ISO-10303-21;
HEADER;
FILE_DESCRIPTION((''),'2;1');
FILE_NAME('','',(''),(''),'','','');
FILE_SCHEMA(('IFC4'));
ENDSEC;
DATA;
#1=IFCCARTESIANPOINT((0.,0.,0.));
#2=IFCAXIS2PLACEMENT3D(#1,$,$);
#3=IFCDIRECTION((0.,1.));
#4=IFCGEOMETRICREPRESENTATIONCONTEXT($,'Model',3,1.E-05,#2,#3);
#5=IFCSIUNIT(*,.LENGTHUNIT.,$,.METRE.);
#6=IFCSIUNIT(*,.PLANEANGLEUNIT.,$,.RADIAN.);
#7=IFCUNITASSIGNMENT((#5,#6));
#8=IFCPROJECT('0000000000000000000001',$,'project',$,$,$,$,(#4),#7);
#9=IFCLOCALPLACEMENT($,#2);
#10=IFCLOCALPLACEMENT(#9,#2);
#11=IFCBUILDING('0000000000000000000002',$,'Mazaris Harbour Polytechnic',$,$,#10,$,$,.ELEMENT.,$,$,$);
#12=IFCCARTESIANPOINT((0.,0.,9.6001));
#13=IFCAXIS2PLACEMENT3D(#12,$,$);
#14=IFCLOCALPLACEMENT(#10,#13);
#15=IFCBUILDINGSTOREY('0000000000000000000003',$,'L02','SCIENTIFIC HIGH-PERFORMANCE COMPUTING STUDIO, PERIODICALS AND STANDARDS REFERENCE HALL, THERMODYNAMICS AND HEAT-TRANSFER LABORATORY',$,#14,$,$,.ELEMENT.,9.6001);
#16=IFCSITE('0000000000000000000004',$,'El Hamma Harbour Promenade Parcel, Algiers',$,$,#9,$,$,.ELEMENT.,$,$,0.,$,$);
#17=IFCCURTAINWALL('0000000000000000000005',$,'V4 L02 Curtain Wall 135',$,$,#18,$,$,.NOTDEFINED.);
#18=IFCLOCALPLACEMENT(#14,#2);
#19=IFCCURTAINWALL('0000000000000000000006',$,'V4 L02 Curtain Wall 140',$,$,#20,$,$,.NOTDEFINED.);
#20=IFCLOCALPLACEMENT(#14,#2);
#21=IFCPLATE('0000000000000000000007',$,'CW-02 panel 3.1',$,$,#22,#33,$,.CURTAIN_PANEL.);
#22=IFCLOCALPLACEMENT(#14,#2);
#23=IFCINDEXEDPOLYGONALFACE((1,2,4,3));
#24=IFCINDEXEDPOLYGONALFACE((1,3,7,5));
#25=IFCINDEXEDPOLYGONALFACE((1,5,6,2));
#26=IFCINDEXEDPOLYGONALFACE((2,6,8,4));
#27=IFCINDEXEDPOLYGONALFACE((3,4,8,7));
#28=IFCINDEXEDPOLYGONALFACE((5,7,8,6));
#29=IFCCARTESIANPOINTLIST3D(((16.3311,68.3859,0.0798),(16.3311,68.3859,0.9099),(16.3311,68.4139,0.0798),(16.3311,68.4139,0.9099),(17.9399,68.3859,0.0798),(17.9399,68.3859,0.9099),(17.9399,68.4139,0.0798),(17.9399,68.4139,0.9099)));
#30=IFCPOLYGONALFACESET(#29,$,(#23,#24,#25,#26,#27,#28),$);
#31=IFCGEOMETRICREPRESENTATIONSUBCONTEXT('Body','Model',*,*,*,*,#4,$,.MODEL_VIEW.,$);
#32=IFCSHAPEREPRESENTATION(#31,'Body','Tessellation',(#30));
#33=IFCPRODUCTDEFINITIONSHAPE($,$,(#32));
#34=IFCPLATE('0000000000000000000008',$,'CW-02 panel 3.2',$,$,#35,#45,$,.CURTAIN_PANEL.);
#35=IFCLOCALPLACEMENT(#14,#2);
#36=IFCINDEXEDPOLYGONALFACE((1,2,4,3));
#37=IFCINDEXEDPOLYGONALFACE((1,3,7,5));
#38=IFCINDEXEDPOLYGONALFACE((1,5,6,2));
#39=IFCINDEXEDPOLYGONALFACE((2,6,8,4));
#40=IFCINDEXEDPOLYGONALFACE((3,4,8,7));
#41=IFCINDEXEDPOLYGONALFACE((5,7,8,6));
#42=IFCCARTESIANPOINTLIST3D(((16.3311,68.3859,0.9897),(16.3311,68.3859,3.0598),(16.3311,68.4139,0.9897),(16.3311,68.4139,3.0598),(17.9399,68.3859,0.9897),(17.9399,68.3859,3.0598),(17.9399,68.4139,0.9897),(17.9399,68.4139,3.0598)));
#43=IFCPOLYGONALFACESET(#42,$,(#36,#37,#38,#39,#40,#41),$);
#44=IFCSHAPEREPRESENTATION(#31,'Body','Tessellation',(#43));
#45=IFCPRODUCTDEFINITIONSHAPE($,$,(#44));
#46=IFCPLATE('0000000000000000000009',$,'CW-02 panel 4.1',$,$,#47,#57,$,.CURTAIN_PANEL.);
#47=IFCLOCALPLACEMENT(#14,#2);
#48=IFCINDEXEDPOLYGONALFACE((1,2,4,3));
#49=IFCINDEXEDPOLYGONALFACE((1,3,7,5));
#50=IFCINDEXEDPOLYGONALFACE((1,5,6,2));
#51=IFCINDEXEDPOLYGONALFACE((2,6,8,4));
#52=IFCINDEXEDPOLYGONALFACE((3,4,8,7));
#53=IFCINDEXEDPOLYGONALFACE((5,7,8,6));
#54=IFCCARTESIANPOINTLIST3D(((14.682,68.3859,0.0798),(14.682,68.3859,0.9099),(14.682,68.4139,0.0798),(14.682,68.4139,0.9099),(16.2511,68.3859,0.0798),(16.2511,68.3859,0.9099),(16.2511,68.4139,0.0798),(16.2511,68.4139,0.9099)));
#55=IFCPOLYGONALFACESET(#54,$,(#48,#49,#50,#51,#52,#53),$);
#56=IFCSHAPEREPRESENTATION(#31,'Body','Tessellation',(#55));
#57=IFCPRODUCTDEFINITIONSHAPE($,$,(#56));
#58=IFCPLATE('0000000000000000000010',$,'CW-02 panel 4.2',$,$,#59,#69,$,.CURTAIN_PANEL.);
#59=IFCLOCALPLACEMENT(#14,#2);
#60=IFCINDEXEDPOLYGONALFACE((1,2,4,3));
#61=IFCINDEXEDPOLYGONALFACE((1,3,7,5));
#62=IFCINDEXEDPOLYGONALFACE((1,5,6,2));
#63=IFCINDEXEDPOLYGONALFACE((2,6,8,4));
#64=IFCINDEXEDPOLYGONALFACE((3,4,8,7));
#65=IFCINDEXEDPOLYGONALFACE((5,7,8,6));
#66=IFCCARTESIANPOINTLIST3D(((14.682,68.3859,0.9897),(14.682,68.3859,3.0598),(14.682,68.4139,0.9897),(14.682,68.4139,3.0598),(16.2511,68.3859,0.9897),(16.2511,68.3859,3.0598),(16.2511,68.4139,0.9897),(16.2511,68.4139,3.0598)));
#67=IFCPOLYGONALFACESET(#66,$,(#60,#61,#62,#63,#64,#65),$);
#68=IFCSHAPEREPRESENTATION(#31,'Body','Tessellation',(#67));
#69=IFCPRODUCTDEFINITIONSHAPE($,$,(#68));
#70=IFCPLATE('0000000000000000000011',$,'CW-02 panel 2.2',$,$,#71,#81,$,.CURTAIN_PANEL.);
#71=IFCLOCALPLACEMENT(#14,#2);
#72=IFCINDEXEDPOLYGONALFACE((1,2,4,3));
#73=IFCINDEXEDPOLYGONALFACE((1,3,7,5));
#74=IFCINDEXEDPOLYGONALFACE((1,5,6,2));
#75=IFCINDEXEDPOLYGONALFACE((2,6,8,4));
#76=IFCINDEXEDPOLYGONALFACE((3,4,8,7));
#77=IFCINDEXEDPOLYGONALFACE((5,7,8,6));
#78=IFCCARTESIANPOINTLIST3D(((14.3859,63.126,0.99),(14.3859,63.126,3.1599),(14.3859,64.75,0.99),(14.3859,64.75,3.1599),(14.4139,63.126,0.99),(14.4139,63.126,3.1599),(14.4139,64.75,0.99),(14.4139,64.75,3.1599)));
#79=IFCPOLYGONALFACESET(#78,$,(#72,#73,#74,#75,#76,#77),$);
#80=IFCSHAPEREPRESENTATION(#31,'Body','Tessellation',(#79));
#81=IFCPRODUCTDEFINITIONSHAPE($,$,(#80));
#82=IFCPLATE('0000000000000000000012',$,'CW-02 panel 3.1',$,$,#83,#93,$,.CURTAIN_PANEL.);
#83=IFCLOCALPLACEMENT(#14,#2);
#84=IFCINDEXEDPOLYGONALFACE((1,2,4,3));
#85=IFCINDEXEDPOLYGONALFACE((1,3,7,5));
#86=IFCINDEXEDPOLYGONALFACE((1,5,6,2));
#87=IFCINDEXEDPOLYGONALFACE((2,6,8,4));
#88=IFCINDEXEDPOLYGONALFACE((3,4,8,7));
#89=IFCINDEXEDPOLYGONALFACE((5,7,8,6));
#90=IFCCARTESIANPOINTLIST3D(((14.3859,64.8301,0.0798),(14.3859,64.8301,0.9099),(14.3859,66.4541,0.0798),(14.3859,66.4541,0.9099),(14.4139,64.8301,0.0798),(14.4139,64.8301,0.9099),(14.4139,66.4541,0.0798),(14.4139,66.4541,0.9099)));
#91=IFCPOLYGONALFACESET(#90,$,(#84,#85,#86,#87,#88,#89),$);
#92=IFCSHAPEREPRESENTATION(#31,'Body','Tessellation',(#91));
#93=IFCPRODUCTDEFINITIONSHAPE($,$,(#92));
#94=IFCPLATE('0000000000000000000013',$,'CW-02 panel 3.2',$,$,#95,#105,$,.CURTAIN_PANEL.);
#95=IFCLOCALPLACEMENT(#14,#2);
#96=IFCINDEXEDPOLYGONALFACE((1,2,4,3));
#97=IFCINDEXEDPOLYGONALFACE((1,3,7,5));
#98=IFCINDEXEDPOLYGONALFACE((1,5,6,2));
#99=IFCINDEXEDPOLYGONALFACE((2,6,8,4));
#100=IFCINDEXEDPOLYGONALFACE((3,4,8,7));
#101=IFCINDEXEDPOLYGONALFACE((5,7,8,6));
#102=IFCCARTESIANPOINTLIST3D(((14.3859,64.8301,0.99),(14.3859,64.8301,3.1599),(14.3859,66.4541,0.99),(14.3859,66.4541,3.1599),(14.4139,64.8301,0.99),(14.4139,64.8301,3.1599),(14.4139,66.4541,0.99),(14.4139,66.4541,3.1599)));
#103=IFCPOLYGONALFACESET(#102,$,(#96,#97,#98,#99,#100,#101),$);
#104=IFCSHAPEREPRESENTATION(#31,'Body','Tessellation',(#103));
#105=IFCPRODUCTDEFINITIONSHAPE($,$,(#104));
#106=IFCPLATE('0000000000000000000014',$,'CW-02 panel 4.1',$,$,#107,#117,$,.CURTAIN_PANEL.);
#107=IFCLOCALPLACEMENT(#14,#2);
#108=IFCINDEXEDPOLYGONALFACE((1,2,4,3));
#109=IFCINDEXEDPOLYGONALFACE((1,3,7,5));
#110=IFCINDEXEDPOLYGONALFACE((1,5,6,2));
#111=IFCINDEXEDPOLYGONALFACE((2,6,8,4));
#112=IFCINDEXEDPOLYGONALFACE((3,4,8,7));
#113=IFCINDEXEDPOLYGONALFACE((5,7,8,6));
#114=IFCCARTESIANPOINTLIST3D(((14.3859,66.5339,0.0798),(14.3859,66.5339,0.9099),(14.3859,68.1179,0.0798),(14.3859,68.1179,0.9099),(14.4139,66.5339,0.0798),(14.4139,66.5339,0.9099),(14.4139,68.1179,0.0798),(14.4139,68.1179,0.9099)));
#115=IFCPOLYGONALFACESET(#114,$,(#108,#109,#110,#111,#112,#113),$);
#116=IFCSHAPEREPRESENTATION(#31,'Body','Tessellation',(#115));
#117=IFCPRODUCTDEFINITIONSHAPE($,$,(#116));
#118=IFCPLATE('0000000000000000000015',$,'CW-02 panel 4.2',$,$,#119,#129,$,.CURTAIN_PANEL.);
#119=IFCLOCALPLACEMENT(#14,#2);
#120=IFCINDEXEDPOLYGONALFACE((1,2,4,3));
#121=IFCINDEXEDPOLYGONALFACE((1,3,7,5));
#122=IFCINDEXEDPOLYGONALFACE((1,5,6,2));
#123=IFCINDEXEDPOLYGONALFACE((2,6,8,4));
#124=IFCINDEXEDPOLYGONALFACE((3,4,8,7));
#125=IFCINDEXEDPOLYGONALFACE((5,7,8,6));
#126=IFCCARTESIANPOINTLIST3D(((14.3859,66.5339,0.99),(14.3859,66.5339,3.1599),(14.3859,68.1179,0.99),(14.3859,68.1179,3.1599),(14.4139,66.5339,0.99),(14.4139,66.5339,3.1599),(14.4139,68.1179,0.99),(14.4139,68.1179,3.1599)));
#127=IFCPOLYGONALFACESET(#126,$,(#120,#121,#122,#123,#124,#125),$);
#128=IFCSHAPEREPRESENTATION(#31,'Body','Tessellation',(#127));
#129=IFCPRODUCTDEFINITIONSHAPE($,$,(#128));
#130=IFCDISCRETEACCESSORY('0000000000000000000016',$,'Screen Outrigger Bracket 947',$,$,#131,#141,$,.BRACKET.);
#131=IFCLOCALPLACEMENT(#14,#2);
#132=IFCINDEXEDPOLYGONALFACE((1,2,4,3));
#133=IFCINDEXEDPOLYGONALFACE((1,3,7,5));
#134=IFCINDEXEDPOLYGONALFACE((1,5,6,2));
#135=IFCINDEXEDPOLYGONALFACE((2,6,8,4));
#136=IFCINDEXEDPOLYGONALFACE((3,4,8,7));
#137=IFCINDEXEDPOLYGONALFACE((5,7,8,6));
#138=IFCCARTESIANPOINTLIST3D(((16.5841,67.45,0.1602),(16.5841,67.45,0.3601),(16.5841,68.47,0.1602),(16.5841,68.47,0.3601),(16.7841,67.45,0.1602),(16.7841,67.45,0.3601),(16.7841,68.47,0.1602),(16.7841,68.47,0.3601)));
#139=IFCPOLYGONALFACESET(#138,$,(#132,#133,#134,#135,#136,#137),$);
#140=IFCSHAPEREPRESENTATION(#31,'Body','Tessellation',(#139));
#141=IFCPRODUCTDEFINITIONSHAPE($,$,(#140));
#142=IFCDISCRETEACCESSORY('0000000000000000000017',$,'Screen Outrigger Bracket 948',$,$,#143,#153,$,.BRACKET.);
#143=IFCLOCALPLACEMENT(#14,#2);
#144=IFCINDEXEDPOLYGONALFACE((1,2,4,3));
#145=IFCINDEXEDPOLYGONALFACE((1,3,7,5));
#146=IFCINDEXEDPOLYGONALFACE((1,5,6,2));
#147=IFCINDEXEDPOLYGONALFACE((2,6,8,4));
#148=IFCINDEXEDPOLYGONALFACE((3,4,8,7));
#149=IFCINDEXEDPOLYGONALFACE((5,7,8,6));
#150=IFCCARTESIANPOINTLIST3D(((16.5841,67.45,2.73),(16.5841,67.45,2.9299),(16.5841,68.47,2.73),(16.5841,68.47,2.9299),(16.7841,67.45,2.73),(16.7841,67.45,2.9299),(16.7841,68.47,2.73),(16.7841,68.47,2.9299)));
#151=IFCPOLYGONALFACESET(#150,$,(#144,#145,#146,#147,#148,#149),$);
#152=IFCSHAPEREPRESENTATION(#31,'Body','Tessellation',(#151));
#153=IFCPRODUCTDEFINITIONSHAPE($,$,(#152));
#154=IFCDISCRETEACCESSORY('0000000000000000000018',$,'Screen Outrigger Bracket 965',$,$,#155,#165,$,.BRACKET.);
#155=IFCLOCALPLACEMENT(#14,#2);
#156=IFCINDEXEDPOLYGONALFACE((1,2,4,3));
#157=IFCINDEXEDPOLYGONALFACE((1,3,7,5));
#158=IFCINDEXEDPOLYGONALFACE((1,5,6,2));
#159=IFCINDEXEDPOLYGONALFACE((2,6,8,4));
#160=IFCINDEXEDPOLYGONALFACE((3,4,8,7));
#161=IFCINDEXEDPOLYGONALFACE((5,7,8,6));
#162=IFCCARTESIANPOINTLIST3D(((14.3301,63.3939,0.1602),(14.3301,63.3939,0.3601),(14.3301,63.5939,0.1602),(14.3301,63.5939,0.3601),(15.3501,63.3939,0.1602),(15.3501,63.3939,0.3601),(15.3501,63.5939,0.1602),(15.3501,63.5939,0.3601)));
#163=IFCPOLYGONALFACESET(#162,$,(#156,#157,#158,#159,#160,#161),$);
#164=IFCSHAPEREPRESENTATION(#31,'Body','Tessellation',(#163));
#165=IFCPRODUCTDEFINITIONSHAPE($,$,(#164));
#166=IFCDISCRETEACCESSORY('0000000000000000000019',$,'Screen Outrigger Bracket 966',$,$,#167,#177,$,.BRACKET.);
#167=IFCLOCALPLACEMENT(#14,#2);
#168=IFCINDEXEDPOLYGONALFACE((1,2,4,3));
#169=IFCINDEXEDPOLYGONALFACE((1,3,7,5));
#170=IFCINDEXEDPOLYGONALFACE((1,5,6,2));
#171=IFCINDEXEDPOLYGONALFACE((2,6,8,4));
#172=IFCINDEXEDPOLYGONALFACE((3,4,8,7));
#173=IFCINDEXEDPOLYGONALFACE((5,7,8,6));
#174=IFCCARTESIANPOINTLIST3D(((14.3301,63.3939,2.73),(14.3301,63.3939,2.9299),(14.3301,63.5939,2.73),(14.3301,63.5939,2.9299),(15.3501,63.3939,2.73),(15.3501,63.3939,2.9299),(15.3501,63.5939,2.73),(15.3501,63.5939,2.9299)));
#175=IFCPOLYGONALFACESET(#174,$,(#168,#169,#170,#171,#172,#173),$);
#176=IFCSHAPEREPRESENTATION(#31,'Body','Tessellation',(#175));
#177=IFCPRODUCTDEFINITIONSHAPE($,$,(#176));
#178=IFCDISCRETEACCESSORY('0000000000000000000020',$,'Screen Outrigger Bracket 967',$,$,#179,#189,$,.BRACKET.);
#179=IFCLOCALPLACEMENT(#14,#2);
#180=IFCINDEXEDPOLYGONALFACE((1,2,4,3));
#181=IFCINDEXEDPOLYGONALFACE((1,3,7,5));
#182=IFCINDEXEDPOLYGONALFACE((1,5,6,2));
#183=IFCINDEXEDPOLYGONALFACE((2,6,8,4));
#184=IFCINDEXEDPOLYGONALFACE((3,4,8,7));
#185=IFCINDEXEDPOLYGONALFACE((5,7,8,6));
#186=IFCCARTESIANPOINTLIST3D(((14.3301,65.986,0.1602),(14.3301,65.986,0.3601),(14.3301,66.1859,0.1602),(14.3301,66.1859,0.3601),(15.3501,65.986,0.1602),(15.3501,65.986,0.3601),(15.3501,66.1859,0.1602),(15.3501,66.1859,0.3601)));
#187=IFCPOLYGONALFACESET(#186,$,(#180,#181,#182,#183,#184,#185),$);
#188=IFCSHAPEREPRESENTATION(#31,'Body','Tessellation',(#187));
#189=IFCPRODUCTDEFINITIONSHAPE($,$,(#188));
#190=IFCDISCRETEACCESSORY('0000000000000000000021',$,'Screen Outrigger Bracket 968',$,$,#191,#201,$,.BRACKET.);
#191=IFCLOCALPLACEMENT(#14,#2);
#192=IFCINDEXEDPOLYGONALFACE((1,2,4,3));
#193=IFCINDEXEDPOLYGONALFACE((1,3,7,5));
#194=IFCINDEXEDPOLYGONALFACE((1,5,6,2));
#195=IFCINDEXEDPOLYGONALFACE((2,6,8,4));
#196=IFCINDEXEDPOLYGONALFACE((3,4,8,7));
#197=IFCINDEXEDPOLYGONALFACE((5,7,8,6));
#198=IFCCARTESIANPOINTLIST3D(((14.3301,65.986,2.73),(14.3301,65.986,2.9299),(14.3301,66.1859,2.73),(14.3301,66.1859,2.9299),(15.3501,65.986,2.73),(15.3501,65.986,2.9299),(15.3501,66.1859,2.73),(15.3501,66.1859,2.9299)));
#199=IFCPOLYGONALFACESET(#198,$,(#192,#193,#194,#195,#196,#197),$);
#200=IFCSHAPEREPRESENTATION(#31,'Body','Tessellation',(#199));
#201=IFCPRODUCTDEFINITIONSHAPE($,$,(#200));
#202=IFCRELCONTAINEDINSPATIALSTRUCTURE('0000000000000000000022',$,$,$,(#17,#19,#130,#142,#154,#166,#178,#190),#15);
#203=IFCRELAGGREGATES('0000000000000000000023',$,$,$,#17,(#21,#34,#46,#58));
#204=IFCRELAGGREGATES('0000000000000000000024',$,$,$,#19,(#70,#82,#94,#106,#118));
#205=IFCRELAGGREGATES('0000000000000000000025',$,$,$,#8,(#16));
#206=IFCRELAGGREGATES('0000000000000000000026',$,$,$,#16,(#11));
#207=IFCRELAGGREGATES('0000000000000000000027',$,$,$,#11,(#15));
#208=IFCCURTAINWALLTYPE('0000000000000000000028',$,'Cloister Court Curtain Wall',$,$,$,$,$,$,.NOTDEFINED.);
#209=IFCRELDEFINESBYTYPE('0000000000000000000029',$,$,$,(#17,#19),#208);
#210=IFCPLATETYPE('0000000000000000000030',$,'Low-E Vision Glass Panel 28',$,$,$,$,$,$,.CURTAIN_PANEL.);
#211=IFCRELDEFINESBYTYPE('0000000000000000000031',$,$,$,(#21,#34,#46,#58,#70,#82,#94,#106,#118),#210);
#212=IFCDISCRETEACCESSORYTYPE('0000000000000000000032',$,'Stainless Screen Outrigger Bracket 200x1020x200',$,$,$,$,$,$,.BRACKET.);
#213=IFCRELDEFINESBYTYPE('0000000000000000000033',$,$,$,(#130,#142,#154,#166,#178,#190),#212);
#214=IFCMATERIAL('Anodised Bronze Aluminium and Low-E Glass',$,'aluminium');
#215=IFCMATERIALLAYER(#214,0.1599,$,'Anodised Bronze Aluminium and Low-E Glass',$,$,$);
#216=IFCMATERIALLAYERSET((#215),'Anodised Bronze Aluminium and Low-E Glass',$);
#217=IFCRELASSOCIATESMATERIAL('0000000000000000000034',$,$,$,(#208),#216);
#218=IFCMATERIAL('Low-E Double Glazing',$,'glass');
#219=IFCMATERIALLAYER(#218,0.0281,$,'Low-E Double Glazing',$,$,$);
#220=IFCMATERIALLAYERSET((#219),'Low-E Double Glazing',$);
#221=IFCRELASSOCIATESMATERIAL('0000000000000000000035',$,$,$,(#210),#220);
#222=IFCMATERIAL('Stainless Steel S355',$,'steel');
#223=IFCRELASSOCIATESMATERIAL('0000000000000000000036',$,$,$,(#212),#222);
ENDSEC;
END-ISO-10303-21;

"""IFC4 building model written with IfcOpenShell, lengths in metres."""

from ifc_helpers import new_model, si_unit, direction, frame, origin, origin_2d, place, context, subcontext, project, spatial, rectangle, extrude, material, layer, layer_set, type_object, element, aggregate, save


model = new_model("IFC4")

# Units and contexts
model_context = context("Model", 3, precision=1e-05, world=origin(), true_north=direction((0.0, 1.0)))
body_context = subcontext(model_context, "Body", "Model", "MODEL_VIEW")
ifc_project = project(units=[si_unit("LENGTHUNIT", "METRE"), si_unit("PLANEANGLEUNIT", "RADIAN")], contexts=[model_context])

# Site, building, storey
site_placement = place(None, origin())
site = spatial("IfcSite", under=ifc_project, at=site_placement, Name="El Hamma Harbour Promenade Parcel, Algiers", CompositionType="ELEMENT", RefElevation=0.0)
building_placement = place(site_placement, origin())
building = spatial("IfcBuilding", under=site, at=building_placement, Name="Mazaris Harbour Polytechnic", CompositionType="ELEMENT")
storey_placement = place(building_placement, frame((0.0, 0.0, 9.6001)))
storey = spatial("IfcBuildingStorey", under=building, at=storey_placement, Name="L02", Description="SCIENTIFIC HIGH-PERFORMANCE COMPUTING STUDIO, PERIODICALS AND STANDARDS REFERENCE HALL, THERMODYNAMICS AND HEAT-TRANSFER LABORATORY", CompositionType="ELEMENT", Elevation=9.6001)

# Curtain walls
ifc_material_1 = material(Name="Anodised Bronze Aluminium and Low-E Glass", Category="aluminium")
ifc_layer_1 = layer(ifc_material_1, 0.1599, Name="Anodised Bronze Aluminium and Low-E Glass")
ifc_layer_set_1 = layer_set([ifc_layer_1], Name="Anodised Bronze Aluminium and Low-E Glass")
curtain_wall_type = type_object("IfcCurtainWallType", Name="Cloister Court Curtain Wall", PredefinedType="NOTDEFINED", material=ifc_layer_set_1)
curtain_wall_1_placement = place(storey_placement, origin())
curtain_wall_1 = element("IfcCurtainWall", 1, at=curtain_wall_1_placement, inside=storey, type_object=curtain_wall_type, Name="V4 L02 Curtain Wall 135", PredefinedType="NOTDEFINED")
curtain_wall_2_placement = place(storey_placement, origin())
curtain_wall_2 = element("IfcCurtainWall", 2, at=curtain_wall_2_placement, inside=storey, type_object=curtain_wall_type, Name="V4 L02 Curtain Wall 140", PredefinedType="NOTDEFINED")

# Plates
ifc_material_2 = material(Name="Low-E Double Glazing", Category="glass")
ifc_layer_2 = layer(ifc_material_2, 0.0281, Name="Low-E Double Glazing")
ifc_layer_set_2 = layer_set([ifc_layer_2], Name="Low-E Double Glazing")
plate_type = type_object("IfcPlateType", Name="Low-E Vision Glass Panel 28", PredefinedType="CURTAIN_PANEL", material=ifc_layer_set_2)
plate_1_placement = place(storey_placement, frame((17.1355, 68.3999, 0.0798), z_axis=(0.0, 0.0, 1.0), x_axis=(-1.0, 0.0, 0.0)))
plate_1 = element("IfcPlate", 3, at=plate_1_placement, type_object=plate_type, Name="CW-02 panel 3.1", PredefinedType="CURTAIN_PANEL", context=body_context, shape_type="SweptSolid", body=[
    extrude(rectangle(XDim=1.6089, YDim=0.0281, at=origin_2d()), origin(), (0.0, 0.0, 1.0), 0.8301),
])
plate_2_placement = place(storey_placement, frame((17.1355, 68.3999, 0.9897), z_axis=(0.0, 0.0, 1.0), x_axis=(-1.0, 0.0, 0.0)))
plate_2 = element("IfcPlate", 4, at=plate_2_placement, type_object=plate_type, Name="CW-02 panel 3.2", PredefinedType="CURTAIN_PANEL", context=body_context, shape_type="SweptSolid", body=[
    extrude(rectangle(XDim=1.6089, YDim=0.0281, at=origin_2d()), origin(), (0.0, 0.0, 1.0), 2.0701),
])
plate_3_placement = place(storey_placement, frame((15.4666, 68.3999, 0.0798), z_axis=(0.0, 0.0, 1.0), x_axis=(-1.0, 0.0, 0.0)))
plate_3 = element("IfcPlate", 5, at=plate_3_placement, type_object=plate_type, Name="CW-02 panel 4.1", PredefinedType="CURTAIN_PANEL", context=body_context, shape_type="SweptSolid", body=[
    extrude(rectangle(XDim=1.5691, YDim=0.0281, at=origin_2d()), origin(), (0.0, 0.0, 1.0), 0.8301),
])
plate_4_placement = place(storey_placement, frame((15.4666, 68.3999, 0.9897), z_axis=(0.0, 0.0, 1.0), x_axis=(-1.0, 0.0, 0.0)))
plate_4 = element("IfcPlate", 6, at=plate_4_placement, type_object=plate_type, Name="CW-02 panel 4.2", PredefinedType="CURTAIN_PANEL", context=body_context, shape_type="SweptSolid", body=[
    extrude(rectangle(XDim=1.5691, YDim=0.0281, at=origin_2d()), origin(), (0.0, 0.0, 1.0), 2.0701),
])
aggregate(curtain_wall_1, [plate_1, plate_2, plate_3, plate_4])
plate_5_placement = place(storey_placement, frame((14.3999, 63.938, 0.99), z_axis=(0.0, 0.0, 1.0), x_axis=(0.0, 1.0, 0.0)))
plate_5 = element("IfcPlate", 7, at=plate_5_placement, type_object=plate_type, Name="CW-02 panel 2.2", PredefinedType="CURTAIN_PANEL", context=body_context, shape_type="SweptSolid", body=[
    extrude(rectangle(XDim=1.624, YDim=0.0281, at=origin_2d()), origin(), (0.0, 0.0, 1.0), 2.1699),
])
plate_6_placement = place(storey_placement, frame((14.3999, 65.6421, 0.0798), z_axis=(0.0, 0.0, 1.0), x_axis=(0.0, 1.0, 0.0)))
plate_6 = element("IfcPlate", 8, at=plate_6_placement, type_object=plate_type, Name="CW-02 panel 3.1", PredefinedType="CURTAIN_PANEL", context=body_context, shape_type="SweptSolid", body=[
    extrude(rectangle(XDim=1.624, YDim=0.0281, at=origin_2d()), origin(), (0.0, 0.0, 1.0), 0.8301),
])
plate_7_placement = place(storey_placement, frame((14.3999, 65.6421, 0.99), z_axis=(0.0, 0.0, 1.0), x_axis=(0.0, 1.0, 0.0)))
plate_7 = element("IfcPlate", 9, at=plate_7_placement, type_object=plate_type, Name="CW-02 panel 3.2", PredefinedType="CURTAIN_PANEL", context=body_context, shape_type="SweptSolid", body=[
    extrude(rectangle(XDim=1.624, YDim=0.0281, at=origin_2d()), origin(), (0.0, 0.0, 1.0), 2.1699),
])
plate_8_placement = place(storey_placement, frame((14.3999, 67.3259, 0.0798), z_axis=(0.0, 0.0, 1.0), x_axis=(0.0, 1.0, 0.0)))
plate_8 = element("IfcPlate", 10, at=plate_8_placement, type_object=plate_type, Name="CW-02 panel 4.1", PredefinedType="CURTAIN_PANEL", context=body_context, shape_type="SweptSolid", body=[
    extrude(rectangle(XDim=1.584, YDim=0.0281, at=origin_2d()), origin(), (0.0, 0.0, 1.0), 0.8301),
])
plate_9_placement = place(storey_placement, frame((14.3999, 67.3259, 0.99), z_axis=(0.0, 0.0, 1.0), x_axis=(0.0, 1.0, 0.0)))
plate_9 = element("IfcPlate", 11, at=plate_9_placement, type_object=plate_type, Name="CW-02 panel 4.2", PredefinedType="CURTAIN_PANEL", context=body_context, shape_type="SweptSolid", body=[
    extrude(rectangle(XDim=1.584, YDim=0.0281, at=origin_2d()), origin(), (0.0, 0.0, 1.0), 2.1699),
])
aggregate(curtain_wall_2, [plate_5, plate_6, plate_7, plate_8, plate_9])

# Discrete accessories
ifc_material_3 = material(Name="Stainless Steel S355", Category="steel")
discrete_accessory_type = type_object("IfcDiscreteAccessoryType", Name="Stainless Screen Outrigger Bracket 200x1020x200", PredefinedType="BRACKET", material=ifc_material_3)
for number, where, z_axis, x_axis, name in (
    (12, (16.6841, 67.96, 0.1602), (0.0, 0.0, 1.0), (-1.0, 0.0, 0.0), "Screen Outrigger Bracket 947"),
    (13, (16.6841, 67.96, 2.73), (0.0, 0.0, 1.0), (-1.0, 0.0, 0.0), "Screen Outrigger Bracket 948"),
    (14, (14.8401, 63.4939, 0.1602), (0.0, 0.0, 1.0), (0.0, 1.0, 0.0), "Screen Outrigger Bracket 965"),
    (15, (14.8401, 63.4939, 2.73), (0.0, 0.0, 1.0), (0.0, 1.0, 0.0), "Screen Outrigger Bracket 966"),
    (16, (14.8401, 66.0859, 0.1602), (0.0, 0.0, 1.0), (0.0, 1.0, 0.0), "Screen Outrigger Bracket 967"),
    (17, (14.8401, 66.0859, 2.73), (0.0, 0.0, 1.0), (0.0, 1.0, 0.0), "Screen Outrigger Bracket 968"),
):
    element("IfcDiscreteAccessory", number, at=place(storey_placement, frame(where, z_axis=z_axis, x_axis=x_axis)), inside=storey, type_object=discrete_accessory_type, Name=name, PredefinedType="BRACKET", context=body_context, shape_type="SweptSolid", body=[
        extrude(rectangle(XDim=0.2, YDim=1.02, at=origin_2d()), origin(), (0.0, 0.0, 1.0), 0.2),
    ])

save(model, "model.ifc")
